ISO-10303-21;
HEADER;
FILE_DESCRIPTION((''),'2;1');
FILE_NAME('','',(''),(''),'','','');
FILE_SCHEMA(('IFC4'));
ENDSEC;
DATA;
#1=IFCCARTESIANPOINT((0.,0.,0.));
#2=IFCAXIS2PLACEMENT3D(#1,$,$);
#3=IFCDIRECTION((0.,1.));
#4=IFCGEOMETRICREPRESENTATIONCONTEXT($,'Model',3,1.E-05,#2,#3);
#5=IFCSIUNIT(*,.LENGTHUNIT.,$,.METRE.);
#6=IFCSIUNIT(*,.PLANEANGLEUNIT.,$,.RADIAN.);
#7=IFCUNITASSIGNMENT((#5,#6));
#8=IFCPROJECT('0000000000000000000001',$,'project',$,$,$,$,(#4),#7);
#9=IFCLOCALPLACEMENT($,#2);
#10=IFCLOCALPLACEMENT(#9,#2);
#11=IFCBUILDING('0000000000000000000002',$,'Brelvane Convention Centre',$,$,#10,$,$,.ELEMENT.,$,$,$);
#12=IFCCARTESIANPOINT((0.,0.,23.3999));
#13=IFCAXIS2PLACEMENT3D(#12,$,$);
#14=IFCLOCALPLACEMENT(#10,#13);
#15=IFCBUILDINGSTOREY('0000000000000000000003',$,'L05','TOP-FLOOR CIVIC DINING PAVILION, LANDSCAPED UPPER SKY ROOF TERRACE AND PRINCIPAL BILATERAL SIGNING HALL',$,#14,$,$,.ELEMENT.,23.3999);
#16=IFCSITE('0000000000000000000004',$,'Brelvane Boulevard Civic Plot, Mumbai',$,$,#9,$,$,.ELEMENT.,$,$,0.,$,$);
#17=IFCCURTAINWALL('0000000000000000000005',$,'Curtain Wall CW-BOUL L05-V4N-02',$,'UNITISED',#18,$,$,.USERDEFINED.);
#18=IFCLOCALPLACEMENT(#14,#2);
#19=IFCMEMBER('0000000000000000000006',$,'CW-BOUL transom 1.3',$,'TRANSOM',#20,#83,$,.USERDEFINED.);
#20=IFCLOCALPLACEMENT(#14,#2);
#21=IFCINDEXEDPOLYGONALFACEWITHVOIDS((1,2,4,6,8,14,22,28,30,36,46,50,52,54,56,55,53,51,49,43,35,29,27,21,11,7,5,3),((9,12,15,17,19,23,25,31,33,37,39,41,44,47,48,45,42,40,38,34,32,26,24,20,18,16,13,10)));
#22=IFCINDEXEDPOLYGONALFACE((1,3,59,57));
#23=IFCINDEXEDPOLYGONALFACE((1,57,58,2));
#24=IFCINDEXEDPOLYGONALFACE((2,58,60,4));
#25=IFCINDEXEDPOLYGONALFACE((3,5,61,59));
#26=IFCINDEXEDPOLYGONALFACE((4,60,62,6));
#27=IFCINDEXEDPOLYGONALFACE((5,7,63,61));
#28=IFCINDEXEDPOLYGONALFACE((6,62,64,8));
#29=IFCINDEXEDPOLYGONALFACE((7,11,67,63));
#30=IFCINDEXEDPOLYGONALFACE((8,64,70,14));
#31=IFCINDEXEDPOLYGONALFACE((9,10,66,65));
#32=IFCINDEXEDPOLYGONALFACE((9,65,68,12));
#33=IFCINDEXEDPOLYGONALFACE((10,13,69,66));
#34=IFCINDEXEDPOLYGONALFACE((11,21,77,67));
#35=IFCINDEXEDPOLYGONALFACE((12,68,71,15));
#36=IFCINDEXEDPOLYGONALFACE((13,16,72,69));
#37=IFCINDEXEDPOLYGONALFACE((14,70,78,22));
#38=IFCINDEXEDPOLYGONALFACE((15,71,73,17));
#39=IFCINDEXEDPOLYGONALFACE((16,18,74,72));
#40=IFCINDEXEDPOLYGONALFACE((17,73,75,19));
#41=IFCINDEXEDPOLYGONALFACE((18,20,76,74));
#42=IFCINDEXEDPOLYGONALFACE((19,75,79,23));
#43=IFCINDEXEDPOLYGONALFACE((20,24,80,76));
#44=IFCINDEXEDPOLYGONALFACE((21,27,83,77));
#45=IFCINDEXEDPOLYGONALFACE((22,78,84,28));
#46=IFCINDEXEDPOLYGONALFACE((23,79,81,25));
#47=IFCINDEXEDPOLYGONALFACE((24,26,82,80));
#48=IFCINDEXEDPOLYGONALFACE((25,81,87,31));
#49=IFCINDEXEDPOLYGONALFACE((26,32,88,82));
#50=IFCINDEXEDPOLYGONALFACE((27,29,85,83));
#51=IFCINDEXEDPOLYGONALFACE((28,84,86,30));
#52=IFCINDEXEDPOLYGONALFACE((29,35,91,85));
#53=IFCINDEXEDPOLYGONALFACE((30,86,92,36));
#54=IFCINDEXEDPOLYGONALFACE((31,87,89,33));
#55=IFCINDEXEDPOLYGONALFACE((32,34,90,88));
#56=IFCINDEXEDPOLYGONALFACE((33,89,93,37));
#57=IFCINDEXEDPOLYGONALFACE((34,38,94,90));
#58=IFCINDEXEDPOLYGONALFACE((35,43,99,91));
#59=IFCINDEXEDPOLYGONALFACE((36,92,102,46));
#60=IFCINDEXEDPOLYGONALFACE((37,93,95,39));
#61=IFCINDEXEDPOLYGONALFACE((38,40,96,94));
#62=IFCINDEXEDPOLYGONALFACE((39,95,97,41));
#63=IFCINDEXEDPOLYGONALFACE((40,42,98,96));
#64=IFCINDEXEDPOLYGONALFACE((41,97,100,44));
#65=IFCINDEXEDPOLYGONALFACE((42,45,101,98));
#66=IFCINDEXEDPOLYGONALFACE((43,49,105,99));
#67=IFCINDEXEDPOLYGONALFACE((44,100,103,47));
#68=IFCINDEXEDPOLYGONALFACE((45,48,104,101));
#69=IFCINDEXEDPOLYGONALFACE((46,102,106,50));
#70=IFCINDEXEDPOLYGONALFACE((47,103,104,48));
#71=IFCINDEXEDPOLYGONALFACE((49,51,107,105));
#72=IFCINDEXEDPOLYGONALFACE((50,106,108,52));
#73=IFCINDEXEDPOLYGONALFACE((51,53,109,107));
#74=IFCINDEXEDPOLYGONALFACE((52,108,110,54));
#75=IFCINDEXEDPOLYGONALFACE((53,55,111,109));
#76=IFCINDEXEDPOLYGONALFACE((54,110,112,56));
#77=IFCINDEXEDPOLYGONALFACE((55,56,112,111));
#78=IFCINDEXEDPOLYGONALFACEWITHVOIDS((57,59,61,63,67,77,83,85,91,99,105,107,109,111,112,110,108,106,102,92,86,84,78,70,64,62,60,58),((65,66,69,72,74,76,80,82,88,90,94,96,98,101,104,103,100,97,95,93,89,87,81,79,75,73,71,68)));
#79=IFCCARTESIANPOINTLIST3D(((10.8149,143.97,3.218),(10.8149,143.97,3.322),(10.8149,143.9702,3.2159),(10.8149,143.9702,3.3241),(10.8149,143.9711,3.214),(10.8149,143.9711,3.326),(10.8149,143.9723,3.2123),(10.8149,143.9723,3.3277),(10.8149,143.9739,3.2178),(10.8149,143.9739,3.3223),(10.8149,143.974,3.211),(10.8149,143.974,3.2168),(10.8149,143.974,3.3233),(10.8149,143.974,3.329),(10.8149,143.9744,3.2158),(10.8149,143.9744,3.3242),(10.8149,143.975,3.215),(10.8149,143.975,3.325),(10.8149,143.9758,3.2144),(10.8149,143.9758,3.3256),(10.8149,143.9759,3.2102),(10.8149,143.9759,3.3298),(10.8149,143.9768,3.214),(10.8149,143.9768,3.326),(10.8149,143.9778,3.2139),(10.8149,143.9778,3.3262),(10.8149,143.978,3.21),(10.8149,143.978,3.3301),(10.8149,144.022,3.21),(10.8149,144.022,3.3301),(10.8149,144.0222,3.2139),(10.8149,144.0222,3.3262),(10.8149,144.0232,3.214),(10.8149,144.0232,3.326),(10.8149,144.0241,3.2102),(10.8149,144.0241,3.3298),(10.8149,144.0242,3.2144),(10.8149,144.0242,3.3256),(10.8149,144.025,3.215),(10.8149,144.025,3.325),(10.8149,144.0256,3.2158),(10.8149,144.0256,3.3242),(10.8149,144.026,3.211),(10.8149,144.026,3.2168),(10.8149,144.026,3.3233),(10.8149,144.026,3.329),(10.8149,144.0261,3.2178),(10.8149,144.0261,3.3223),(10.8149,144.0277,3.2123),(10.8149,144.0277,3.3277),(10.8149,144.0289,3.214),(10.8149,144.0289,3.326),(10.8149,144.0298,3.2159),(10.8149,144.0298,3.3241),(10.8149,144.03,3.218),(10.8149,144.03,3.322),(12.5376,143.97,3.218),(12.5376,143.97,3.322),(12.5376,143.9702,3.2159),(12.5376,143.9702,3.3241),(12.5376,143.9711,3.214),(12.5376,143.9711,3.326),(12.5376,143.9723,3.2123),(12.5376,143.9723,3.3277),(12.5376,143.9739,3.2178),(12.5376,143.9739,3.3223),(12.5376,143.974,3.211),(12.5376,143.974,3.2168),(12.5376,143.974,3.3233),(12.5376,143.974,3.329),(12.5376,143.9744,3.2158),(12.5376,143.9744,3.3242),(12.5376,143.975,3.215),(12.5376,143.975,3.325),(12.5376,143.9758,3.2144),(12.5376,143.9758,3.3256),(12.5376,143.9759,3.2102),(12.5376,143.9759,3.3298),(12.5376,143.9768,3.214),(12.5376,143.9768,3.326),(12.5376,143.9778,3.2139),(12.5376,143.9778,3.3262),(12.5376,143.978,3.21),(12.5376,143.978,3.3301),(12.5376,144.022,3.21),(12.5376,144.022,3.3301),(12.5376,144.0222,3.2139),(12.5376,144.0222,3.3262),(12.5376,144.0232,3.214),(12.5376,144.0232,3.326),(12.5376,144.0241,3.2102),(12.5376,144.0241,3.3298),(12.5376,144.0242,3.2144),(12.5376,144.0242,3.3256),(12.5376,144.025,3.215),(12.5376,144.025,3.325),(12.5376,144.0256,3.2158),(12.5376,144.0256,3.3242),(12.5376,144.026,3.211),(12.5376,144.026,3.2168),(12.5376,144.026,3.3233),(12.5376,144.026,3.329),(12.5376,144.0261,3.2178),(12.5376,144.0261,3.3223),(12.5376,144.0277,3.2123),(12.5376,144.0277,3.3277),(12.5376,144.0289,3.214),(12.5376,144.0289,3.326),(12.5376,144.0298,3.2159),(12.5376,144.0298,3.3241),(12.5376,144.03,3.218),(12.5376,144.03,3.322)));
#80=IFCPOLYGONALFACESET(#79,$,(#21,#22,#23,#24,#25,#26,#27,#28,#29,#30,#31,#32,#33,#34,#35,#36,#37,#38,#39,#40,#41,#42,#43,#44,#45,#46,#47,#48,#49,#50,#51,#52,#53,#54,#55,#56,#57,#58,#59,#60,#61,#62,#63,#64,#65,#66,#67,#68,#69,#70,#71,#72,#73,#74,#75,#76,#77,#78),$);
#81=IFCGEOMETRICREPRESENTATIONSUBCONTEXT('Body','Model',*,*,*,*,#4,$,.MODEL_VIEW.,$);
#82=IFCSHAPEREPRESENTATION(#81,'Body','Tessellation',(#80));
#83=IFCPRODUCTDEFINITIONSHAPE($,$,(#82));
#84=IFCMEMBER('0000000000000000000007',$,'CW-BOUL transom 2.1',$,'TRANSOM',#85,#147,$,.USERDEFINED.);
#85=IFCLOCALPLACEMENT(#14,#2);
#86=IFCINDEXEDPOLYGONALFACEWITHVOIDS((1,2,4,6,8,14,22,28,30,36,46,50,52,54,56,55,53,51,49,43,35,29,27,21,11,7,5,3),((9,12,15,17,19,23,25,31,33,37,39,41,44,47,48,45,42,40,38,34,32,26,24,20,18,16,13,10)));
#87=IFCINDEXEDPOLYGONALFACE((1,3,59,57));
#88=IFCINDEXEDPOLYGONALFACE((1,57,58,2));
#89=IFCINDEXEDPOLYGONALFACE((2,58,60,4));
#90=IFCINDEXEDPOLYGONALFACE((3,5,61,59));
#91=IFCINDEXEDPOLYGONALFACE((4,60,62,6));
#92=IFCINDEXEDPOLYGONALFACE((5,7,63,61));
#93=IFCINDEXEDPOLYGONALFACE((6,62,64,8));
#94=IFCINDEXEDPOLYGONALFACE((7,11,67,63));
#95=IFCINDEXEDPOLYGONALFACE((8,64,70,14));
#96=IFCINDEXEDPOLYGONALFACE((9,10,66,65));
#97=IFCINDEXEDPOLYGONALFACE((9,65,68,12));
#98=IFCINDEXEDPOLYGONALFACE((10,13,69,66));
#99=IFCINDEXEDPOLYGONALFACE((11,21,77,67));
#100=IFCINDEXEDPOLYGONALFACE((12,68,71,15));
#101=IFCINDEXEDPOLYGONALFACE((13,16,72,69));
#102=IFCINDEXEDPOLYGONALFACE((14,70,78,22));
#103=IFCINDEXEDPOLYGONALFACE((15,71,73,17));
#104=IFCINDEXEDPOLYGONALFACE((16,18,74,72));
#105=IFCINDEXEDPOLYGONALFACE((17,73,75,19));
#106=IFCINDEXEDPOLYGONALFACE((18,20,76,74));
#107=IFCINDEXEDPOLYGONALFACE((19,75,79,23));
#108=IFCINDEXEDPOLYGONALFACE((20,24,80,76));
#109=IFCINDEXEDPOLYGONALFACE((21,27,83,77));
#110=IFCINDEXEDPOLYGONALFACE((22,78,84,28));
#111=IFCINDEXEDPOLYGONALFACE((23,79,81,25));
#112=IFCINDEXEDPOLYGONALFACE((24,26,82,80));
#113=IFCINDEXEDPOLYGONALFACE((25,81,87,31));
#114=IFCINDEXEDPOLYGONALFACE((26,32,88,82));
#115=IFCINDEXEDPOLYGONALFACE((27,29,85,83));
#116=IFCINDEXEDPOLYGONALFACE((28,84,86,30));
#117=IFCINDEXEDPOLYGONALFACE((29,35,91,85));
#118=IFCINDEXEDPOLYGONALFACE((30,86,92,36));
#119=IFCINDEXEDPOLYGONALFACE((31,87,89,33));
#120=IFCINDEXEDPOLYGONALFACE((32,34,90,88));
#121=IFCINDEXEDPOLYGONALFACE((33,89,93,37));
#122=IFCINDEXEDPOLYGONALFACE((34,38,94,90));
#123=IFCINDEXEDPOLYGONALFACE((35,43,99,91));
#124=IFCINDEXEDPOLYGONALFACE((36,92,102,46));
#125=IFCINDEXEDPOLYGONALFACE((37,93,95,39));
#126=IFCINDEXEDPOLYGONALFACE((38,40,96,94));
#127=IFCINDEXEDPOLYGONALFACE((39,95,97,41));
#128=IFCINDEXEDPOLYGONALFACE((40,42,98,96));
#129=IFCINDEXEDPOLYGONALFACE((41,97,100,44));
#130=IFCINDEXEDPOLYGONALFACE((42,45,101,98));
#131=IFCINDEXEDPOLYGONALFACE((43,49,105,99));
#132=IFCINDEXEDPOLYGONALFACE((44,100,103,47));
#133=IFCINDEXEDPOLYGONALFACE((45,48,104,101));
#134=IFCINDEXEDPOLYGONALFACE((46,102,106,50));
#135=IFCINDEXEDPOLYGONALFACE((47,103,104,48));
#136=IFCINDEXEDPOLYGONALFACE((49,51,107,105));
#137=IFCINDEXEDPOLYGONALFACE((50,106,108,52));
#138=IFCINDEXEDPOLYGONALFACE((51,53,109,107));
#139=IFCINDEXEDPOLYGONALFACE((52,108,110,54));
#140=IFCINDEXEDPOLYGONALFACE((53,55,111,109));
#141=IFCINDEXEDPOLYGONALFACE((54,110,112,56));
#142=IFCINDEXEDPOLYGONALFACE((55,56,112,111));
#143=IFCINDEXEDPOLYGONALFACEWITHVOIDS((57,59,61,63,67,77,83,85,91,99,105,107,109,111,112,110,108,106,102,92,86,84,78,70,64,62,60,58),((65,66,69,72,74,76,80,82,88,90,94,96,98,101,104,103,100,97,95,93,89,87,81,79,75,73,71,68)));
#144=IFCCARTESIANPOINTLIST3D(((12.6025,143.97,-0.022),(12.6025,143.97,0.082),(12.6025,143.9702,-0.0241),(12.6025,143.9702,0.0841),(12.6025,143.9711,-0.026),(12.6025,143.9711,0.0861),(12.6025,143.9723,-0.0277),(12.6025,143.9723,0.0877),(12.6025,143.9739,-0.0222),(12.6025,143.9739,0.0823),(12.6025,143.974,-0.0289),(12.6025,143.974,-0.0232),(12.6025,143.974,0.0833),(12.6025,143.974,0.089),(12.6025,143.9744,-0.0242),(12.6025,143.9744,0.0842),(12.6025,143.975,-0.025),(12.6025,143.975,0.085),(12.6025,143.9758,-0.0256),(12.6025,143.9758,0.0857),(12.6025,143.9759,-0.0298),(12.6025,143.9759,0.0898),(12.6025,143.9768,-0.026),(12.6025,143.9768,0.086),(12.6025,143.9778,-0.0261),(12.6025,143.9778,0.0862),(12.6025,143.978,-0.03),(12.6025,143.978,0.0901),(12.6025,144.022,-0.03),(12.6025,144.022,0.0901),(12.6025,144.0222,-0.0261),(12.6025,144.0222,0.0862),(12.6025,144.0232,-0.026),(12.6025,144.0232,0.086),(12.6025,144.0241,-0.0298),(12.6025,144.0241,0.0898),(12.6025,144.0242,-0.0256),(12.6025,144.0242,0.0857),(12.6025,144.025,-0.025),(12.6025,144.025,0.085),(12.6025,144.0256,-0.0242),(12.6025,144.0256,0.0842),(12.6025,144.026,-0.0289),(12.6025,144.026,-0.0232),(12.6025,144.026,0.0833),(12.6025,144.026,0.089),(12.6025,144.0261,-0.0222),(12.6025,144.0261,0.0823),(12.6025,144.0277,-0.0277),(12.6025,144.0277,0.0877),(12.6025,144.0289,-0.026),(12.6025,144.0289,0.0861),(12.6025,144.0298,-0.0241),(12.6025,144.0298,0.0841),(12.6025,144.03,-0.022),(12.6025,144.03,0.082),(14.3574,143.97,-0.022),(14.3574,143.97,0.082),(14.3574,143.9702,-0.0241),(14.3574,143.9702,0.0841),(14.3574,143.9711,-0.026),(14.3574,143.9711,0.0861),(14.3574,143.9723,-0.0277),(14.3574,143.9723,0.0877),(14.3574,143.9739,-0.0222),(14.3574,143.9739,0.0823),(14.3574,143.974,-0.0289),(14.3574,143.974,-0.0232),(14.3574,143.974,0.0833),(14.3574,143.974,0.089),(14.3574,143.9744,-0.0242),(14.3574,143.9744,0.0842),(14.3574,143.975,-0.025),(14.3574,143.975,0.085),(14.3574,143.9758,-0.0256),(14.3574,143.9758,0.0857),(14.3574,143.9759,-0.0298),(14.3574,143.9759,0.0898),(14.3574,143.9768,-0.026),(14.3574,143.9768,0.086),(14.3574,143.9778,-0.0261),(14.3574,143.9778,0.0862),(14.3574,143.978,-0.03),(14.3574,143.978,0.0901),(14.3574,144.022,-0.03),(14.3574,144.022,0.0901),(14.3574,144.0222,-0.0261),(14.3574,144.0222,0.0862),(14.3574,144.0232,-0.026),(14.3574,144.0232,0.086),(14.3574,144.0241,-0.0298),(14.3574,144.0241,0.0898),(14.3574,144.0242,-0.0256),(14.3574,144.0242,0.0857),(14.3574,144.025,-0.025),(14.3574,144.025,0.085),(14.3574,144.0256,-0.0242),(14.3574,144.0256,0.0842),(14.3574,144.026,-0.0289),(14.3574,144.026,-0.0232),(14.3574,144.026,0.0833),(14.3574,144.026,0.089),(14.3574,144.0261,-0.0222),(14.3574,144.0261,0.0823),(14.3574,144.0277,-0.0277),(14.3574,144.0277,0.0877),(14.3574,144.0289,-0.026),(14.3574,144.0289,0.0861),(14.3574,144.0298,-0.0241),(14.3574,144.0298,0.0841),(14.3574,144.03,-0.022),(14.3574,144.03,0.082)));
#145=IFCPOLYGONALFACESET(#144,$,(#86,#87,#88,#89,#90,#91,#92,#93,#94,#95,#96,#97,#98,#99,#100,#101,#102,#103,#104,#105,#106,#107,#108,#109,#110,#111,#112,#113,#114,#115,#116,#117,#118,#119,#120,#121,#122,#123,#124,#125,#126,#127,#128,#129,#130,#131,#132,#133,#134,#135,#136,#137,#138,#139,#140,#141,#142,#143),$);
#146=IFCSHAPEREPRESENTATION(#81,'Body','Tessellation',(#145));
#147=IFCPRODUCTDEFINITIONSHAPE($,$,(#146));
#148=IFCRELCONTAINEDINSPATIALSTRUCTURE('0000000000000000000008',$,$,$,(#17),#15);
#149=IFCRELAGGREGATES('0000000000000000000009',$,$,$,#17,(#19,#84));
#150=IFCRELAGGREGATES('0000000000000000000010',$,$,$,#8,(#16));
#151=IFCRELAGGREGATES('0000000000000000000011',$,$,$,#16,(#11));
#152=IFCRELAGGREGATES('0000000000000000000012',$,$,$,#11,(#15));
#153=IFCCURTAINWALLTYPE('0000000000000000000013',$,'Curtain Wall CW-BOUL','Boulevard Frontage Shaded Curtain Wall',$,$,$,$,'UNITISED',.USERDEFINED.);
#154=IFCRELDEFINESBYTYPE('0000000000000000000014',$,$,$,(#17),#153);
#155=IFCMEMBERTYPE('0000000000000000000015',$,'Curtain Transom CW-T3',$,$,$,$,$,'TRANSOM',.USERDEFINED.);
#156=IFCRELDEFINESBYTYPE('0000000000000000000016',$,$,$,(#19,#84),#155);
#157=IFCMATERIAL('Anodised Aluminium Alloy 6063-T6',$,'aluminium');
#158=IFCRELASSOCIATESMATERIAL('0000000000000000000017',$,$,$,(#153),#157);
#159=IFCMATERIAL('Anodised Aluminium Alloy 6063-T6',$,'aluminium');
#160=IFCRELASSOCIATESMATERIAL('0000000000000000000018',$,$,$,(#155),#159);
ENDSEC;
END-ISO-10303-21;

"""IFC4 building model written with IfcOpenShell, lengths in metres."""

from ifc_helpers import new_model, si_unit, direction, frame, origin, origin_2d, place, context, subcontext, project, spatial, hollow_rectangle, extrude, material, material_profile, profile_set, type_object, element, aggregate, save


model = new_model("IFC4")

# Units and contexts
model_context = context("Model", 3, precision=1e-05, world=origin(), true_north=direction((0.0, 1.0)))
body_context = subcontext(model_context, "Body", "Model", "MODEL_VIEW")
ifc_project = project(units=[si_unit("LENGTHUNIT", "METRE"), si_unit("PLANEANGLEUNIT", "RADIAN")], contexts=[model_context])

# Site, building, storey
site_placement = place(None, origin())
site = spatial("IfcSite", under=ifc_project, at=site_placement, Name="Brelvane Boulevard Civic Plot, Mumbai", CompositionType="ELEMENT", RefElevation=0.0)
building_placement = place(site_placement, origin())
building = spatial("IfcBuilding", under=site, at=building_placement, Name="Brelvane Convention Centre", CompositionType="ELEMENT")
storey_placement = place(building_placement, frame((0.0, 0.0, 23.3999)))
storey = spatial("IfcBuildingStorey", under=building, at=storey_placement, Name="L05", Description="TOP-FLOOR CIVIC DINING PAVILION, LANDSCAPED UPPER SKY ROOF TERRACE AND PRINCIPAL BILATERAL SIGNING HALL", CompositionType="ELEMENT", Elevation=23.3999)

# Curtain wall, members
ifc_material_1 = material(Name="Anodised Aluminium Alloy 6063-T6", Category="aluminium")
curtain_wall_type = type_object("IfcCurtainWallType", Name="Curtain Wall CW-BOUL", Description="Boulevard Frontage Shaded Curtain Wall", ElementType="UNITISED", PredefinedType="USERDEFINED", material=ifc_material_1)
curtain_wall_placement = place(storey_placement, origin())
curtain_wall = element("IfcCurtainWall", 1, at=curtain_wall_placement, inside=storey, type_object=curtain_wall_type, Name="Curtain Wall CW-BOUL L05-V4N-02", ObjectType="UNITISED", PredefinedType="USERDEFINED")
ifc_material_2 = material(Name="Anodised Aluminium Alloy 6063-T6", Category="aluminium")
ifc_material_profile_1 = material_profile(ifc_material_2, hollow_rectangle(XDim=0.0601, YDim=0.1201, WallThickness=0.0039, InnerFilletRadius=0.0039, OuterFilletRadius=0.0081, at=origin_2d()), Name="ALU-T 120x60x4.0")
ifc_profile_set_1 = profile_set([ifc_material_profile_1], Name="Anodised Aluminium Alloy 6063-T6")
member_type_1 = type_object("IfcMemberType", Name="Curtain Transom CW-T3", ElementType="TRANSOM", PredefinedType="USERDEFINED", material=ifc_profile_set_1)
member_1_placement = place(storey_placement, frame((10.8149, 144.0, 3.27), z_axis=(1.0, 0.0, 0.0), x_axis=(0.0, 1.0, 0.0)))
member_1 = element("IfcMember", 2, at=member_1_placement, type_object=member_type_1, Name="CW-BOUL transom 1.3", ObjectType="TRANSOM", PredefinedType="USERDEFINED", context=body_context, shape_type="SweptSolid", body=[
    extrude(hollow_rectangle(XDim=0.0601, YDim=0.1201, WallThickness=0.0039, InnerFilletRadius=0.0039, OuterFilletRadius=0.0081, at=origin_2d()), origin(), (0.0, 0.0, 1.0), 1.7227),
])
member_2_placement = place(storey_placement, frame((12.6025, 144.0, 0.03), z_axis=(1.0, 0.0, 0.0), x_axis=(0.0, 1.0, 0.0)))
member_2 = element("IfcMember", 3, at=member_2_placement, type_object=member_type_1, Name="CW-BOUL transom 2.1", ObjectType="TRANSOM", PredefinedType="USERDEFINED", context=body_context, shape_type="SweptSolid", body=[
    extrude(hollow_rectangle(XDim=0.0601, YDim=0.1201, WallThickness=0.0039, InnerFilletRadius=0.0039, OuterFilletRadius=0.0081, at=origin_2d()), origin(), (0.0, 0.0, 1.0), 1.7549),
])

aggregate(curtain_wall, [member_1, member_2])

save(model, "model.ifc")
